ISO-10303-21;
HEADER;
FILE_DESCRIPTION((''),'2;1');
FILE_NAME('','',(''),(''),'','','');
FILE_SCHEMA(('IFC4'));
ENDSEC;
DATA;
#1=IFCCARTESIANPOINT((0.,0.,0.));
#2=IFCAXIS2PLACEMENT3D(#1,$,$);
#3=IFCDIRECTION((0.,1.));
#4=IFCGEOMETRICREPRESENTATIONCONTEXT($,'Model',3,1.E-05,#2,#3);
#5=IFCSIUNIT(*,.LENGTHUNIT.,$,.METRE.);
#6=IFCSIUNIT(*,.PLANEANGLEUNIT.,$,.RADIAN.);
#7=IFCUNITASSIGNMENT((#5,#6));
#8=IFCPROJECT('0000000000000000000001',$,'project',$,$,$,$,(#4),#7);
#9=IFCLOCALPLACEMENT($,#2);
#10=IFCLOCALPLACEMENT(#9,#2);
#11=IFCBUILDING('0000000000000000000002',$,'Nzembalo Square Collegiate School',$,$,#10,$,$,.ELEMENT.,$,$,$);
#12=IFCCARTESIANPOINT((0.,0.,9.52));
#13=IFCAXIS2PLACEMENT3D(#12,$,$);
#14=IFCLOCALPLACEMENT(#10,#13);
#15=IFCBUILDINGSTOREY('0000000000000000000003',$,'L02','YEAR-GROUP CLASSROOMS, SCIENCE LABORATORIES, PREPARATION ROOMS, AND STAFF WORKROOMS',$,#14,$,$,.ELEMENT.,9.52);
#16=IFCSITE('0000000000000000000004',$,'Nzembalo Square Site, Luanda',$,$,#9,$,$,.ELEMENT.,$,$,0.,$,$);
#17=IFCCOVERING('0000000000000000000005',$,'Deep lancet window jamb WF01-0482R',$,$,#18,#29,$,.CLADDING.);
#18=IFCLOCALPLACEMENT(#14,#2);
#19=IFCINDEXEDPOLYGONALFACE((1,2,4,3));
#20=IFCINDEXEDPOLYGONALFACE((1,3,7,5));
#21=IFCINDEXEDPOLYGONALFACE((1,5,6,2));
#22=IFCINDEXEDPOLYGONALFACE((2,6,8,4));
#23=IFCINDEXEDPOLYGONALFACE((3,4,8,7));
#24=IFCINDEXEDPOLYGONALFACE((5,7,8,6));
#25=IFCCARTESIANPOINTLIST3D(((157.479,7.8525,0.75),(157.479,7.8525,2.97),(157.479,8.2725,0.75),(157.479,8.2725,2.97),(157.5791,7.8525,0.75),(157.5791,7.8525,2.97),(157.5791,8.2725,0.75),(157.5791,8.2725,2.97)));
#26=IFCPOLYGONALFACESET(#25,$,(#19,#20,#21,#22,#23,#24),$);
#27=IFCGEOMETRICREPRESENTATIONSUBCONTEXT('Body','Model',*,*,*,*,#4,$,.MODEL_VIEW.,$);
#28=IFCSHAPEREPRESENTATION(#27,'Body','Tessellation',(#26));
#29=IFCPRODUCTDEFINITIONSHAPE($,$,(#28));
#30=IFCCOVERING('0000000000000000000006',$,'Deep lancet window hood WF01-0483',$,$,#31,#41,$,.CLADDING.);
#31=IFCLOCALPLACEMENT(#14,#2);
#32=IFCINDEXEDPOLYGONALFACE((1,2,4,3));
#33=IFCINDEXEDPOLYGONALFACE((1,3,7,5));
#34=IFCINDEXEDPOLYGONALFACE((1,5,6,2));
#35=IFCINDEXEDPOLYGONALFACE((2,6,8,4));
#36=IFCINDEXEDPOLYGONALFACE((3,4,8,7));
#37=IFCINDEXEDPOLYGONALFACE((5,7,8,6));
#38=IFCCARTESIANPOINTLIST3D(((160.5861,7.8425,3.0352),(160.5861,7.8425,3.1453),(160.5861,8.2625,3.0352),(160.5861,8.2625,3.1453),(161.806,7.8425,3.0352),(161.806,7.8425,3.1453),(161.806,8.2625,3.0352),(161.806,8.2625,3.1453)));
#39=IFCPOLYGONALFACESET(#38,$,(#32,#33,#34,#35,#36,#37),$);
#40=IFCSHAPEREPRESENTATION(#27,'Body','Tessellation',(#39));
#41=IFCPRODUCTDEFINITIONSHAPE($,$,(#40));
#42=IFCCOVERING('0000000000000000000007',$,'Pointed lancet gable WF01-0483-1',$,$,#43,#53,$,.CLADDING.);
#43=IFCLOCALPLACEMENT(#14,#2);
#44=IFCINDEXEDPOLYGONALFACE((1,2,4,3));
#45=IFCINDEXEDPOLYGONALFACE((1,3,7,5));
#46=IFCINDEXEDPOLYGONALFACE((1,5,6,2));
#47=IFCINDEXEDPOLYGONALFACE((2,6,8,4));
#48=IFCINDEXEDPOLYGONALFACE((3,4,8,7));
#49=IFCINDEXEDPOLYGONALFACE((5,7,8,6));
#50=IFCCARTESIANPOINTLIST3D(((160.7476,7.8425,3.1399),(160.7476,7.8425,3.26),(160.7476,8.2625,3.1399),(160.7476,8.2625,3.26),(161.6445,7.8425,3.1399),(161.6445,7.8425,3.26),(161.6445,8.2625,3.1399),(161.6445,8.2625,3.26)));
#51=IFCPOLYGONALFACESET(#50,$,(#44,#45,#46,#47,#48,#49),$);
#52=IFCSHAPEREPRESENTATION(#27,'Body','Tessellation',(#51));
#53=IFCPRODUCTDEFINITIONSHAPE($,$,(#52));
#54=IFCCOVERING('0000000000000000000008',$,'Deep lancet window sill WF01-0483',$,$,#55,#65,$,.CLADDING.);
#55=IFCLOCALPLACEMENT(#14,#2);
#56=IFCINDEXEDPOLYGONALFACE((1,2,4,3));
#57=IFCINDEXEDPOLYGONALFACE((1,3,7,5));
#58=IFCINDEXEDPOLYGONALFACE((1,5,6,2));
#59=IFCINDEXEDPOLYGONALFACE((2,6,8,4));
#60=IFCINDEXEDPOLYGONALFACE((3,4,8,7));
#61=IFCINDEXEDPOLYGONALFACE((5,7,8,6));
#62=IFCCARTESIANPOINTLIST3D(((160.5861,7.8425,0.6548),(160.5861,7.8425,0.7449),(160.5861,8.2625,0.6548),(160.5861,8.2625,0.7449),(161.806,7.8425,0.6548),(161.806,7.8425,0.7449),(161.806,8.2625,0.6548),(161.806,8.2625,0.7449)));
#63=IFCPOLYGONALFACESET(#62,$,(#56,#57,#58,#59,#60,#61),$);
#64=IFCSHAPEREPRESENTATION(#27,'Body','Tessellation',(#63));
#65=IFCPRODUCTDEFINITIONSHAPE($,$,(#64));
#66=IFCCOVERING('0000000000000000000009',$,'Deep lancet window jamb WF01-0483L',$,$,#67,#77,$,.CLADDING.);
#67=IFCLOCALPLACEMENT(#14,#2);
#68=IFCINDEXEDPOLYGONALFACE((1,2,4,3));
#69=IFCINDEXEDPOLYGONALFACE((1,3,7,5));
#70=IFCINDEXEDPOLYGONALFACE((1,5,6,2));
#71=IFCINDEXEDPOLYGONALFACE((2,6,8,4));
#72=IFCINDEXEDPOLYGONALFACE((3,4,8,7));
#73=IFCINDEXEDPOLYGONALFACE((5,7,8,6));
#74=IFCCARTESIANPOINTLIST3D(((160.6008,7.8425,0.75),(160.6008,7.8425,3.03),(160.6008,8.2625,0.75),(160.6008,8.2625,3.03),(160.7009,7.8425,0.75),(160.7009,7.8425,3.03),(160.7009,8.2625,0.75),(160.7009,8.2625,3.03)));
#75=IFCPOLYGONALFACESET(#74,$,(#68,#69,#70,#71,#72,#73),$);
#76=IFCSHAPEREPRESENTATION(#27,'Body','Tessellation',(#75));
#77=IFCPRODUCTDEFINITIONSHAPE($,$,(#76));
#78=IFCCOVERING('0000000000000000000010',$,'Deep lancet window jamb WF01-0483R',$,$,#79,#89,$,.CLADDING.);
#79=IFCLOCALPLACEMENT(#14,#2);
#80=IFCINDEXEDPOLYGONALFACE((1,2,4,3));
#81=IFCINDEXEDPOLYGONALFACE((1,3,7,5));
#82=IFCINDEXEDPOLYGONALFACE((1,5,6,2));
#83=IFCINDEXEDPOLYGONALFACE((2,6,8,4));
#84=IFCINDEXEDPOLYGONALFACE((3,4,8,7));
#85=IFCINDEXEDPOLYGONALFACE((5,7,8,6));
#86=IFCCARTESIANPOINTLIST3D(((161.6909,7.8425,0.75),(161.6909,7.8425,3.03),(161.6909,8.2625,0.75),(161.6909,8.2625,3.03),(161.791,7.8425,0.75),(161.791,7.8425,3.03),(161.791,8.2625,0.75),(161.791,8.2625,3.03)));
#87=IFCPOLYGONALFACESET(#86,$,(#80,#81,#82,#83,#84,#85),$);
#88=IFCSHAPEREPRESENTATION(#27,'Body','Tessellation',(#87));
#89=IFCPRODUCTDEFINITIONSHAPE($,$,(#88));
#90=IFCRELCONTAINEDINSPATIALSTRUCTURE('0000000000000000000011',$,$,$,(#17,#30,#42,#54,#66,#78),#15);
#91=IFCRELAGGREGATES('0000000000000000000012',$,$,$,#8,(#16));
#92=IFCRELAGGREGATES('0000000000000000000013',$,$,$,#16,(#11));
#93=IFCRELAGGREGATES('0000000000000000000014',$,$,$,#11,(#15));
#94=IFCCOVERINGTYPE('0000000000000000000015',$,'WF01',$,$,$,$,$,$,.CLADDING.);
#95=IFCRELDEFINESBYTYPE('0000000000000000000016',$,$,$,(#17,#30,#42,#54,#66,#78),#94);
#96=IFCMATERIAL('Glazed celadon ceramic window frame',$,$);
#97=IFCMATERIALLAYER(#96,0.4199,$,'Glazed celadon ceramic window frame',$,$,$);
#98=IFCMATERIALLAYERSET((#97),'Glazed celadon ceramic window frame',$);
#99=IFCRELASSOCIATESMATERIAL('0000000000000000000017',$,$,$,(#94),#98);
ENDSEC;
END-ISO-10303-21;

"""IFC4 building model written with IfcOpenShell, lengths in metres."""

from ifc_helpers import new_model, si_unit, direction, frame, origin, origin_2d, place, context, subcontext, project, spatial, rectangle, extrude, material, layer, layer_set, type_object, element, save


model = new_model("IFC4")

# Units and contexts
model_context = context("Model", 3, precision=1e-05, world=origin(), true_north=direction((0.0, 1.0)))
body_context = subcontext(model_context, "Body", "Model", "MODEL_VIEW")
ifc_project = project(units=[si_unit("LENGTHUNIT", "METRE"), si_unit("PLANEANGLEUNIT", "RADIAN")], contexts=[model_context])

# Site, building, storey
site_placement = place(None, origin())
site = spatial("IfcSite", under=ifc_project, at=site_placement, Name="Nzembalo Square Site, Luanda", CompositionType="ELEMENT", RefElevation=0.0)
building_placement = place(site_placement, origin())
building = spatial("IfcBuilding", under=site, at=building_placement, Name="Nzembalo Square Collegiate School", CompositionType="ELEMENT")
storey_placement = place(building_placement, frame((0.0, 0.0, 9.52)))
storey = spatial("IfcBuildingStorey", under=building, at=storey_placement, Name="L02", Description="YEAR-GROUP CLASSROOMS, SCIENCE LABORATORIES, PREPARATION ROOMS, AND STAFF WORKROOMS", CompositionType="ELEMENT", Elevation=9.52)

# Coverings
ifc_material_1 = material(Name="Glazed celadon ceramic window frame")
ifc_layer_1 = layer(ifc_material_1, 0.4199, Name="Glazed celadon ceramic window frame")
ifc_layer_set_1 = layer_set([ifc_layer_1], Name="Glazed celadon ceramic window frame")
covering_type_1 = type_object("IfcCoveringType", Name="WF01", PredefinedType="CLADDING", material=ifc_layer_set_1)
covering_1_placement = place(storey_placement, frame((157.5291, 8.0625, 0.75), z_axis=(0.0, 0.0, 1.0), x_axis=(1.0, 0.0, 0.0)))
element("IfcCovering", 1, at=covering_1_placement, inside=storey, type_object=covering_type_1, Name="Deep lancet window jamb WF01-0482R", PredefinedType="CLADDING", context=body_context, shape_type="SweptSolid", body=[
    extrude(rectangle(XDim=0.1001, YDim=0.4199, at=origin_2d()), origin(), (0.0, 0.0, 1.0), 2.22),
])
covering_2_placement = place(storey_placement, frame((161.196, 8.0525, 3.0352), z_axis=(0.0, 0.0, 1.0), x_axis=(1.0, 0.0, 0.0)))
element("IfcCovering", 2, at=covering_2_placement, inside=storey, type_object=covering_type_1, Name="Deep lancet window hood WF01-0483", PredefinedType="CLADDING", context=body_context, shape_type="SweptSolid", body=[
    extrude(rectangle(XDim=1.22, YDim=0.4199, at=origin_2d()), origin(), (0.0, 0.0, 1.0), 0.1101),
])
covering_3_placement = place(storey_placement, frame((161.196, 8.0525, 3.1399), z_axis=(0.0, 0.0, 1.0), x_axis=(1.0, 0.0, 0.0)))
element("IfcCovering", 3, at=covering_3_placement, inside=storey, type_object=covering_type_1, Name="Pointed lancet gable WF01-0483-1", PredefinedType="CLADDING", context=body_context, shape_type="SweptSolid", body=[
    extrude(rectangle(XDim=0.897, YDim=0.4199, at=origin_2d()), origin(), (0.0, 0.0, 1.0), 0.1201),
])
covering_4_placement = place(storey_placement, frame((161.196, 8.0525, 0.6548), z_axis=(0.0, 0.0, 1.0), x_axis=(1.0, 0.0, 0.0)))
element("IfcCovering", 4, at=covering_4_placement, inside=storey, type_object=covering_type_1, Name="Deep lancet window sill WF01-0483", PredefinedType="CLADDING", context=body_context, shape_type="SweptSolid", body=[
    extrude(rectangle(XDim=1.22, YDim=0.4199, at=origin_2d()), origin(), (0.0, 0.0, 1.0), 0.0901),
])
for number, where, z_axis, x_axis, name in (
    (5, (160.6509, 8.0525, 0.75), (0.0, 0.0, 1.0), (1.0, 0.0, 0.0), "Deep lancet window jamb WF01-0483L"),
    (6, (161.741, 8.0525, 0.75), (0.0, 0.0, 1.0), (1.0, 0.0, 0.0), "Deep lancet window jamb WF01-0483R"),
):
    element("IfcCovering", number, at=place(storey_placement, frame(where, z_axis=z_axis, x_axis=x_axis)), inside=storey, type_object=covering_type_1, Name=name, PredefinedType="CLADDING", context=body_context, shape_type="SweptSolid", body=[
        extrude(rectangle(XDim=0.1001, YDim=0.4199, at=origin_2d()), origin(), (0.0, 0.0, 1.0), 2.28),
    ])

save(model, "model.ifc")
